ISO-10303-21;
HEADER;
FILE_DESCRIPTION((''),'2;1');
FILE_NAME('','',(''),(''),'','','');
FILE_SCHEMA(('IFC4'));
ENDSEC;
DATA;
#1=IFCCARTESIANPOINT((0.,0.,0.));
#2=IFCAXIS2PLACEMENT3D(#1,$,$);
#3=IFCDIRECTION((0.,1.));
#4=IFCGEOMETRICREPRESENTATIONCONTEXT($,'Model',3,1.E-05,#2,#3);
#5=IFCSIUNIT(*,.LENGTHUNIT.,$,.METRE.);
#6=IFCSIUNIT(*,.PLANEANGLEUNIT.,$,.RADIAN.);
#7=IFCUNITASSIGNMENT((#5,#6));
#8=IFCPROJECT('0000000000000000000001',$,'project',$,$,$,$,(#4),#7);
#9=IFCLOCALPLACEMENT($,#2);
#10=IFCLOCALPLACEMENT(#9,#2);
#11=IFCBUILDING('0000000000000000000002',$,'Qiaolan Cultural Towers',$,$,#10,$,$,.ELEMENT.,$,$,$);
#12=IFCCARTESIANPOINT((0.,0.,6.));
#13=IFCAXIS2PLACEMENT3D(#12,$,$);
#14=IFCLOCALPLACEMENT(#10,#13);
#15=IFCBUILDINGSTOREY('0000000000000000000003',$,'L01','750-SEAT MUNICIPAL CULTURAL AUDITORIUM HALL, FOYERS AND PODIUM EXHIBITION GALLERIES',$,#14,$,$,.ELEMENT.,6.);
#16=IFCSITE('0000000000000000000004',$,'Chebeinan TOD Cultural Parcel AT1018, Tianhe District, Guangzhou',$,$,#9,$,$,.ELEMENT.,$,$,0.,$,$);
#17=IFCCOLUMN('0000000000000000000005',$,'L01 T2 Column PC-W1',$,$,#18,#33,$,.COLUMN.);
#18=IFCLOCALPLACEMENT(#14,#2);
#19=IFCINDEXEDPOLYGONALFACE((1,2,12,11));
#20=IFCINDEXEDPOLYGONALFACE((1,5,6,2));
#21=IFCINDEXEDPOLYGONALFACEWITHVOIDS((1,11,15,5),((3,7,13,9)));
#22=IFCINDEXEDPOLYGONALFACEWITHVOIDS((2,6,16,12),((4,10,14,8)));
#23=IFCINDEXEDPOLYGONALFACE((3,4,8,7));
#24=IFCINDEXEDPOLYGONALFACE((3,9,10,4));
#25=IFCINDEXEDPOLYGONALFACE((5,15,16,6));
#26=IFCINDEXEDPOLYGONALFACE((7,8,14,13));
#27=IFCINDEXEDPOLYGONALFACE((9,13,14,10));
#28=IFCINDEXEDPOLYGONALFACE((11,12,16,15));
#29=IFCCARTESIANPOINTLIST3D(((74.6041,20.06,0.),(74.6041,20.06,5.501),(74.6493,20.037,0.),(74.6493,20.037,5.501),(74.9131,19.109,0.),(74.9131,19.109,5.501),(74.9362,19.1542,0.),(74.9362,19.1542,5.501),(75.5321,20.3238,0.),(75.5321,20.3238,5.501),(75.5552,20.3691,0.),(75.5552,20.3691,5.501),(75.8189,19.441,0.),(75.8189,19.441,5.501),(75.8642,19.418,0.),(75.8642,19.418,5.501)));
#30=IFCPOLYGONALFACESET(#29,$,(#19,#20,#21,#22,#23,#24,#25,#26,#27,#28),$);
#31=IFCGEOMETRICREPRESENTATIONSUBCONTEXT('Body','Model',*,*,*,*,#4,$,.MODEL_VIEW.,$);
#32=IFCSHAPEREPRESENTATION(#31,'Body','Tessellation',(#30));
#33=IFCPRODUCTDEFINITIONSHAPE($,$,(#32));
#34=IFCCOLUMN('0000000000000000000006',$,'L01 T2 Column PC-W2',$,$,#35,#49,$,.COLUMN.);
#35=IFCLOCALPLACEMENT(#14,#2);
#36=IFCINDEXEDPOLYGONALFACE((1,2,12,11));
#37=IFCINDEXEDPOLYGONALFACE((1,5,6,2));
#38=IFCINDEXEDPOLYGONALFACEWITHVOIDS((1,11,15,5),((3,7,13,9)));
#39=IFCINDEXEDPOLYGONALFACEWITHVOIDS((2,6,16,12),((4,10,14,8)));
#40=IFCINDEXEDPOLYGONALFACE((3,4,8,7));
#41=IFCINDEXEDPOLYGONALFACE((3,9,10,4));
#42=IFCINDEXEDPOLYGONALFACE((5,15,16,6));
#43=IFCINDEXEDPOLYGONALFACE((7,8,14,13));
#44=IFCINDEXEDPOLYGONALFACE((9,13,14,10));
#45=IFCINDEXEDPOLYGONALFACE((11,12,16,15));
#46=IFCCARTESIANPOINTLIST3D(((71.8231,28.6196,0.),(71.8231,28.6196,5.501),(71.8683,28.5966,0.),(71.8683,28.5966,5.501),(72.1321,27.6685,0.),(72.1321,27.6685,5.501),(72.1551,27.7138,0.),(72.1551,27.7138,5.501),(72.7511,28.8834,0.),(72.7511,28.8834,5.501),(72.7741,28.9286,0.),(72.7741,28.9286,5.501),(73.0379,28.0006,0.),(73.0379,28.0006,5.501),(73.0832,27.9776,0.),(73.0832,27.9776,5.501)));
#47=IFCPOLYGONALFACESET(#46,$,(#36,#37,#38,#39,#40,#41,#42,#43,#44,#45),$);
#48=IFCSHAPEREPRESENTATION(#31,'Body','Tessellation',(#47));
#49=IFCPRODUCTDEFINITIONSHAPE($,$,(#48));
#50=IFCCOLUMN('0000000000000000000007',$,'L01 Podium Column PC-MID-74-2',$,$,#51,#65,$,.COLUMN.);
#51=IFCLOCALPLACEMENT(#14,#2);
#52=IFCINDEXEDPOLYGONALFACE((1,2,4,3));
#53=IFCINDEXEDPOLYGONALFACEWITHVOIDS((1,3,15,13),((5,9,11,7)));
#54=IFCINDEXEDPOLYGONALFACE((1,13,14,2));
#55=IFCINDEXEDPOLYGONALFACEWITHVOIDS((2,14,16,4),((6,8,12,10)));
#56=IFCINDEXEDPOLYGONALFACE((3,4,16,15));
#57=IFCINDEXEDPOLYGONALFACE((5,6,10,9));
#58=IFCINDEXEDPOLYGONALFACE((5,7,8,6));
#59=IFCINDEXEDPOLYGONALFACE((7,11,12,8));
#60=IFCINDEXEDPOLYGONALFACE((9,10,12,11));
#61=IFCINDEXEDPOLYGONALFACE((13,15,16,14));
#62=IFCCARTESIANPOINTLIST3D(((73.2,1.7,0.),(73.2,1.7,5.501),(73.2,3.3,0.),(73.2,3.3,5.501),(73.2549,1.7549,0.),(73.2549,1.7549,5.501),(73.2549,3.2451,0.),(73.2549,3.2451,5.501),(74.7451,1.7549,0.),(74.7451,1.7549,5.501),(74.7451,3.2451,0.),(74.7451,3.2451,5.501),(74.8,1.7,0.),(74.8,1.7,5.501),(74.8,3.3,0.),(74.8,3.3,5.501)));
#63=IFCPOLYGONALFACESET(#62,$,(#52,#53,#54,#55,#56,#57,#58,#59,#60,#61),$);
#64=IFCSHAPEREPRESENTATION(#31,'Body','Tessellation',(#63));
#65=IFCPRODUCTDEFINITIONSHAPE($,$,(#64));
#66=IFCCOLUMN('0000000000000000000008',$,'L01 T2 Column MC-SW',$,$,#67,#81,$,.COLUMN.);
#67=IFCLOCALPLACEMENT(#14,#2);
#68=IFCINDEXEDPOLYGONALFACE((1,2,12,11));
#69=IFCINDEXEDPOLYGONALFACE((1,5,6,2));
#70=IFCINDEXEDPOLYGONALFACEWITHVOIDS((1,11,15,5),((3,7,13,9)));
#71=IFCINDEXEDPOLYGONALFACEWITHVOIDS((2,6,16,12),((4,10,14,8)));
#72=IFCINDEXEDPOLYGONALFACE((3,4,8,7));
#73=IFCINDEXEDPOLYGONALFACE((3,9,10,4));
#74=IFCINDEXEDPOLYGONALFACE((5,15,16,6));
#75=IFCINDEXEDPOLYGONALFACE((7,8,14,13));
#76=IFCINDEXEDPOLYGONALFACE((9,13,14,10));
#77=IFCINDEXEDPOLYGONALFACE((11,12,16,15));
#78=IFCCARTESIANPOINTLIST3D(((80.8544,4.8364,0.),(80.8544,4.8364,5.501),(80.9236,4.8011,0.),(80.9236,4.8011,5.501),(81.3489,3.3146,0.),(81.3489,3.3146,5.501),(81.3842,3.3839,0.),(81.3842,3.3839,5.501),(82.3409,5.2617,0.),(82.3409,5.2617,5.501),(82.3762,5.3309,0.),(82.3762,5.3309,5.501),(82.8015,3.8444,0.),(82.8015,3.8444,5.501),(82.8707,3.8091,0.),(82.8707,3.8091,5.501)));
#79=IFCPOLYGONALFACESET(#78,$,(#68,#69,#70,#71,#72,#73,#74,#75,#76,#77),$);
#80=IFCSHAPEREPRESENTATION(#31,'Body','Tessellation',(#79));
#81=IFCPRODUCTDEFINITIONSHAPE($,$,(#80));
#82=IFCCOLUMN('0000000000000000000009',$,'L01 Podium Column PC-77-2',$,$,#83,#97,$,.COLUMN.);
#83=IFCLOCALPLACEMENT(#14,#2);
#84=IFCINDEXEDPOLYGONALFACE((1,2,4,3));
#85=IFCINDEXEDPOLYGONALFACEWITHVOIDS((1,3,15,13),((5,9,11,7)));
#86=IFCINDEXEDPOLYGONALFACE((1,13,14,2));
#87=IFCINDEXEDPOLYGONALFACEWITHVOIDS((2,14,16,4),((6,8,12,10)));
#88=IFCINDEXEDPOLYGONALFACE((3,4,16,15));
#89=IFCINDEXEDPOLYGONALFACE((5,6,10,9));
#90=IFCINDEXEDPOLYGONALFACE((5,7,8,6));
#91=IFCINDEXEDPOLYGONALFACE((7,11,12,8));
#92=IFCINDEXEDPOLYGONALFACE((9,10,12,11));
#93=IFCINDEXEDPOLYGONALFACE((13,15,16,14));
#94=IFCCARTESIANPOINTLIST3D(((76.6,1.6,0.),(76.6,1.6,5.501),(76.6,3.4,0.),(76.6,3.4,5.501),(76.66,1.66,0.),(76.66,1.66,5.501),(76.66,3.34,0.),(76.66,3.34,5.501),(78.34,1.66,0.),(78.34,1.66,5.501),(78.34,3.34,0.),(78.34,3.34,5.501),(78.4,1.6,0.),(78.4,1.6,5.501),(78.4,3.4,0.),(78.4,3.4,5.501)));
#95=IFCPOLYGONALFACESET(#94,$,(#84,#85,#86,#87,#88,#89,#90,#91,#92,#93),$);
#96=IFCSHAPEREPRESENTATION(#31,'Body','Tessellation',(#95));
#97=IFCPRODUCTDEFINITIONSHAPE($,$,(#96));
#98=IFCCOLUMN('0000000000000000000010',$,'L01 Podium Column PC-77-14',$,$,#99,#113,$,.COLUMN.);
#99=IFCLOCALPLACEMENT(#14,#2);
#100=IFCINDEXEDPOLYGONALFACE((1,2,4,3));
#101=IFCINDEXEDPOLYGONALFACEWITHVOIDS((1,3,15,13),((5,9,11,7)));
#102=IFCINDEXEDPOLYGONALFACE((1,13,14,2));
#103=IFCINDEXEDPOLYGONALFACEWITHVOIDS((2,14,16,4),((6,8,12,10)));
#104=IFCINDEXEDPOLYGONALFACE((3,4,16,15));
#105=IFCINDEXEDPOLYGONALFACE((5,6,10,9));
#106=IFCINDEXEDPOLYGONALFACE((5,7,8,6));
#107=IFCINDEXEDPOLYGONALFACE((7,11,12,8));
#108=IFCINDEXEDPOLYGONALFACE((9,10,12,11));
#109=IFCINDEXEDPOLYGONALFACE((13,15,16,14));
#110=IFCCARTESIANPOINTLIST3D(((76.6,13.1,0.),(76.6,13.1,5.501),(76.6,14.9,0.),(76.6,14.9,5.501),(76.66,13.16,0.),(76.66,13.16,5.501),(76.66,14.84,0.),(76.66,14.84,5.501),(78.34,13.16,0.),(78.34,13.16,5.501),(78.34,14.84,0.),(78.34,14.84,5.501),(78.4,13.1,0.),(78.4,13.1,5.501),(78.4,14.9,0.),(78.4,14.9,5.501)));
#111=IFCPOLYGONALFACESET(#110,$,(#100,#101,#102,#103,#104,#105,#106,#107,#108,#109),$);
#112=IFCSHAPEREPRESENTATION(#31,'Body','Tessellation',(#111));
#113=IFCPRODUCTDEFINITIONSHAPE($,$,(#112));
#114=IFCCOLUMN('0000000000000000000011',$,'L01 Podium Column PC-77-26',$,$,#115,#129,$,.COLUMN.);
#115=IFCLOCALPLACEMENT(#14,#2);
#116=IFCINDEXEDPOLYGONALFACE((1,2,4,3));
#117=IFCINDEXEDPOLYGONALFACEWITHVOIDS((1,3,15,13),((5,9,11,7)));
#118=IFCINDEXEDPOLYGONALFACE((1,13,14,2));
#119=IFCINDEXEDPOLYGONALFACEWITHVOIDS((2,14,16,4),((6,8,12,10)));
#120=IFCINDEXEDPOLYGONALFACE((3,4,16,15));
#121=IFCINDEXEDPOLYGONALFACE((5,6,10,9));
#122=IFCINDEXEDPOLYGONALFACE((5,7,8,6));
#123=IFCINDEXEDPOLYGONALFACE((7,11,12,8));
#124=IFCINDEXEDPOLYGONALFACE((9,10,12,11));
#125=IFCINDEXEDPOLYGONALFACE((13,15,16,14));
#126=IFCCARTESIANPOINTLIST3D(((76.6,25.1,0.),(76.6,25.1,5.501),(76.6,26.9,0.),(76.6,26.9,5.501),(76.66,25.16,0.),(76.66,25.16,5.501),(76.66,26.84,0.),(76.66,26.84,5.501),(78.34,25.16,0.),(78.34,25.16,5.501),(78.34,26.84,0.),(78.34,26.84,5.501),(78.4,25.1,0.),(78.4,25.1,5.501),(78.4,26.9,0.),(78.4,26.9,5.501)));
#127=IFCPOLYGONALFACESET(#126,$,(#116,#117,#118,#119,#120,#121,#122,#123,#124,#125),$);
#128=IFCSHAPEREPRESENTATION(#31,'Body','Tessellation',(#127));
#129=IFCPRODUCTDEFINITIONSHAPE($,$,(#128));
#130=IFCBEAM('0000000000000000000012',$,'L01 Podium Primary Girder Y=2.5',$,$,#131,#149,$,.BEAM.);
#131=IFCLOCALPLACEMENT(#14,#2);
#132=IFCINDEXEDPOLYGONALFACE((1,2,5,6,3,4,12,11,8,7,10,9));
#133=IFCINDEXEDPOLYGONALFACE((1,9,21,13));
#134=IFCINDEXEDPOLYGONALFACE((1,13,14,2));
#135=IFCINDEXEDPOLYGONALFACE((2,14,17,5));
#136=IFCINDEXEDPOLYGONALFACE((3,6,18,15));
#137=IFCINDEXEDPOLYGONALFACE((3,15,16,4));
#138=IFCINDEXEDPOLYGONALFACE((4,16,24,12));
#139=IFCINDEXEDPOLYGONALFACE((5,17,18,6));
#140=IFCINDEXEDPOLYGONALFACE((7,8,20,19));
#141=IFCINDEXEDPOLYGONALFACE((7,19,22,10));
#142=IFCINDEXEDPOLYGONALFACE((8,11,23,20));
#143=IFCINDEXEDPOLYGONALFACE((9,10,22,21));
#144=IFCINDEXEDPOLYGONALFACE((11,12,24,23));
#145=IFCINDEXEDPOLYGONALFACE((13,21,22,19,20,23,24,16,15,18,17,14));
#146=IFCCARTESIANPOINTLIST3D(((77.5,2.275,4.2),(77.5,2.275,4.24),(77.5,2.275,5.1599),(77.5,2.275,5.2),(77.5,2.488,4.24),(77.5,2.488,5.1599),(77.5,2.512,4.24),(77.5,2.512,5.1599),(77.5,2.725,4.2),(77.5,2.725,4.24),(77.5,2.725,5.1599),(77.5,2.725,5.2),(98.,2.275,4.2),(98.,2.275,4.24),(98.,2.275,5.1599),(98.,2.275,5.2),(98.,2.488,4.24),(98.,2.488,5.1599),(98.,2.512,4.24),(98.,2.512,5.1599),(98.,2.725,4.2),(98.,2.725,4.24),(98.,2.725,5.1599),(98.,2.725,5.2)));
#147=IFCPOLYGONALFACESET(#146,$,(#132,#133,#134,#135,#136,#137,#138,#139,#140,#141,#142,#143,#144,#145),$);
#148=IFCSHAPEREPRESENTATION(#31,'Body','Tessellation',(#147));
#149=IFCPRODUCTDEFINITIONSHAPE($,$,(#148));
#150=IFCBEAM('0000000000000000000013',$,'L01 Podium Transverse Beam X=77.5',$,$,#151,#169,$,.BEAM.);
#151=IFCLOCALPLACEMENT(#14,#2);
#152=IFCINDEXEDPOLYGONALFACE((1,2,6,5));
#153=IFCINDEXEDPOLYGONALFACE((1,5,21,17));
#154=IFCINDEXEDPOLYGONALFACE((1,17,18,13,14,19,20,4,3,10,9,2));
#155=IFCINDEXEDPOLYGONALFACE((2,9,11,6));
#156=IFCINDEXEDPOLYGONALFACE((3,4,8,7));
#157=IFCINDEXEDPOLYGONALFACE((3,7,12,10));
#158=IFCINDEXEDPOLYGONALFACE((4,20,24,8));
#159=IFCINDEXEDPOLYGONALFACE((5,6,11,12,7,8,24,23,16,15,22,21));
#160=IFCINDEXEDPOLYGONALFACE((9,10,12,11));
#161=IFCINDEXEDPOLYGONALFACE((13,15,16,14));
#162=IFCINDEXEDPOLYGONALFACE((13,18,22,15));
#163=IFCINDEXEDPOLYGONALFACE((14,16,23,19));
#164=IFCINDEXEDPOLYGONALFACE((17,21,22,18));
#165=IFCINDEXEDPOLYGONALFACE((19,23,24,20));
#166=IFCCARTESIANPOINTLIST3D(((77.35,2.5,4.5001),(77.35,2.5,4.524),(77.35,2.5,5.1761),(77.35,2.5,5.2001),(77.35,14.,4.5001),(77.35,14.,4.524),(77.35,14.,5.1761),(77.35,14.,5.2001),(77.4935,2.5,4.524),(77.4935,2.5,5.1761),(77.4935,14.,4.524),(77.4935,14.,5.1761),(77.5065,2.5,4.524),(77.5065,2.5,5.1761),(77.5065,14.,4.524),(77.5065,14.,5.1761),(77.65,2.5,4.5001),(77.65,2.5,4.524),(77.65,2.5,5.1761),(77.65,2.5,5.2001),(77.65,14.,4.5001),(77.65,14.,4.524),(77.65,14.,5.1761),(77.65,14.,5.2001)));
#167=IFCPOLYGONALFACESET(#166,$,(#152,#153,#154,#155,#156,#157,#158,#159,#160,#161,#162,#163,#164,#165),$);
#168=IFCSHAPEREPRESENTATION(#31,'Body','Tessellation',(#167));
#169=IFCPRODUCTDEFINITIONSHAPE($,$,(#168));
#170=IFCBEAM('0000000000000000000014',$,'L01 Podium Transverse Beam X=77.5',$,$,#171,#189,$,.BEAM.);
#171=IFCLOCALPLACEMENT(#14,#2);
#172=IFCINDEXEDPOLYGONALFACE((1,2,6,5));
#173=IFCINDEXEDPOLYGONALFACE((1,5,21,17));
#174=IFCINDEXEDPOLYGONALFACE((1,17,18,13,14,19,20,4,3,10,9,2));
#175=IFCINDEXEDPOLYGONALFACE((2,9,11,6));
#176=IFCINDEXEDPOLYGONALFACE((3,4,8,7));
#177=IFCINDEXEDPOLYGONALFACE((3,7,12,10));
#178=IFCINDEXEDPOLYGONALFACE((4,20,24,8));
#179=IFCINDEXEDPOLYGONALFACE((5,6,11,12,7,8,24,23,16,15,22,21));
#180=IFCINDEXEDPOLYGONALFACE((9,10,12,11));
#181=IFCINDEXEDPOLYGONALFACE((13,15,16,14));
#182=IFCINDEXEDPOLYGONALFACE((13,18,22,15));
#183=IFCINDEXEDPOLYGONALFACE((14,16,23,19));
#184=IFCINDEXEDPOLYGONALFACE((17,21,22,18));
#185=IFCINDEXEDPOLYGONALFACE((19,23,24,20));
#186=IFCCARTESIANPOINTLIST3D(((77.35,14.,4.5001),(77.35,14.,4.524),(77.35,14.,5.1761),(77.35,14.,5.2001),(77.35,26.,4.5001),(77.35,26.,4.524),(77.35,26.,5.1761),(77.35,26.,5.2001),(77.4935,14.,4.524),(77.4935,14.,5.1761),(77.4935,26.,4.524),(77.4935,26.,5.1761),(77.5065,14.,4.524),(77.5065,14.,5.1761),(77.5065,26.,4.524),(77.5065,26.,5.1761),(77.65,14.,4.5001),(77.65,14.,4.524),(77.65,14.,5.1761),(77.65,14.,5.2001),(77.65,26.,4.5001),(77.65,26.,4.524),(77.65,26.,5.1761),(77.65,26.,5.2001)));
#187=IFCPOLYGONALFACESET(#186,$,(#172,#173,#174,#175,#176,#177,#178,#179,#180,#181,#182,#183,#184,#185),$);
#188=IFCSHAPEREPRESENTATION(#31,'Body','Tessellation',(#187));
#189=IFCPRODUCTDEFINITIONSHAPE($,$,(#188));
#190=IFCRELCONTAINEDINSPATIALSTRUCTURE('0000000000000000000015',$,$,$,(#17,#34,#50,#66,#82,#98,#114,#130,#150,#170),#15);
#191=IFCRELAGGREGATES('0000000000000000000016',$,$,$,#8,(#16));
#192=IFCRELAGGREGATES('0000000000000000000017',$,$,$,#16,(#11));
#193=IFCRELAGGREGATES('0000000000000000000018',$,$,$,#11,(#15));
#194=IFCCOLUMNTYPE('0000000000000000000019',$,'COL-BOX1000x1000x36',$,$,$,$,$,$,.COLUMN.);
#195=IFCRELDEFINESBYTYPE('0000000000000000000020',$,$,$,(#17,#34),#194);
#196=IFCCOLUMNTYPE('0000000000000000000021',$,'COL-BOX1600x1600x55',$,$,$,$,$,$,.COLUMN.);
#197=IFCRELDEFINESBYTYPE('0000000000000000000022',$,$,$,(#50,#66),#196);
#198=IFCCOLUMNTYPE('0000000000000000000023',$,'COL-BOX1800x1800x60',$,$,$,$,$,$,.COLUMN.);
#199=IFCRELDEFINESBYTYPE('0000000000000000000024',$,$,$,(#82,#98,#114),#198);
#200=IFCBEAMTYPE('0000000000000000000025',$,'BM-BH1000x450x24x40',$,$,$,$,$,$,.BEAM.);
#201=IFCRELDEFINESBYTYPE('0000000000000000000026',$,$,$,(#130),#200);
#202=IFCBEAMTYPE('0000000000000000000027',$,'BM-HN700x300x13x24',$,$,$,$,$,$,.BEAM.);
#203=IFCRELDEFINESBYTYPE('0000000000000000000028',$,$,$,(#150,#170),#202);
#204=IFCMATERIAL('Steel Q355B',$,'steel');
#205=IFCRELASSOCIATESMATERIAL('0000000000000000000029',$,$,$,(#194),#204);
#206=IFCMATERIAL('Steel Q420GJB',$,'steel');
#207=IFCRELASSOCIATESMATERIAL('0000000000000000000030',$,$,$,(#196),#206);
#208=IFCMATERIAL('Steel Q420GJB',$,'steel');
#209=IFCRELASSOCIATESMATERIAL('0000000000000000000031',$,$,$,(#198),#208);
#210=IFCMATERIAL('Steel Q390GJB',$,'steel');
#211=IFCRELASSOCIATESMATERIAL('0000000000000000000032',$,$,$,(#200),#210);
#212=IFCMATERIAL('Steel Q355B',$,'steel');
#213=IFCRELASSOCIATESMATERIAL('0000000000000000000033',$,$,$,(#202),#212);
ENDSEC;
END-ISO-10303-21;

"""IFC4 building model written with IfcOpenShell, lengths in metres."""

from ifc_helpers import new_model, si_unit, direction, frame, origin, origin_2d, place, context, subcontext, project, spatial, hollow_rectangle, i_section, extrude, material, material_profile, profile_set, type_object, element, save


model = new_model("IFC4")

# Units and contexts
model_context = context("Model", 3, precision=1e-05, world=origin(), true_north=direction((0.0, 1.0)))
body_context = subcontext(model_context, "Body", "Model", "MODEL_VIEW")
ifc_project = project(units=[si_unit("LENGTHUNIT", "METRE"), si_unit("PLANEANGLEUNIT", "RADIAN")], contexts=[model_context])

# Site, building, storey
site_placement = place(None, origin())
site = spatial("IfcSite", under=ifc_project, at=site_placement, Name="Chebeinan TOD Cultural Parcel AT1018, Tianhe District, Guangzhou", CompositionType="ELEMENT", RefElevation=0.0)
building_placement = place(site_placement, origin())
building = spatial("IfcBuilding", under=site, at=building_placement, Name="Qiaolan Cultural Towers", CompositionType="ELEMENT")
storey_placement = place(building_placement, frame((0.0, 0.0, 6.0)))
storey = spatial("IfcBuildingStorey", under=building, at=storey_placement, Name="L01", Description="750-SEAT MUNICIPAL CULTURAL AUDITORIUM HALL, FOYERS AND PODIUM EXHIBITION GALLERIES", CompositionType="ELEMENT", Elevation=6.0)

# Columns
ifc_material_1 = material(Name="Steel Q355B", Category="steel")
ifc_material_profile_1 = material_profile(ifc_material_1, hollow_rectangle(XDim=1.0, YDim=1.0, WallThickness=0.0359, at=origin_2d()), Name="BOX1000x1000x36")
ifc_profile_set_1 = profile_set([ifc_material_profile_1], Name="Steel Q355B")
column_type_1 = type_object("IfcColumnType", Name="COL-BOX1000x1000x36", PredefinedType="COLUMN", material=ifc_profile_set_1)
for number, where, z_axis, x_axis, name in (
    (1, (75.2341, 19.739, 0.0), (0.0, 0.0, 1.0), (0.951057, 0.309017, 0.0), "L01 T2 Column PC-W1"),
    (2, (72.4531, 28.2986, 0.0), (0.0, 0.0, 1.0), (0.951057, 0.309017, 0.0), "L01 T2 Column PC-W2"),
):
    element("IfcColumn", number, at=place(storey_placement, frame(where, z_axis=z_axis, x_axis=x_axis)), inside=storey, type_object=column_type_1, Name=name, PredefinedType="COLUMN", context=body_context, shape_type="SweptSolid", body=[
        extrude(hollow_rectangle(XDim=1.0, YDim=1.0, WallThickness=0.0359, at=origin_2d()), origin(), (0.0, 0.0, 1.0), 5.501),
    ])
ifc_material_2 = material(Name="Steel Q420GJB", Category="steel")
ifc_material_profile_2 = material_profile(ifc_material_2, hollow_rectangle(XDim=1.6001, YDim=1.6001, WallThickness=0.0549, at=origin_2d()), Name="BOX1600x1600x55")
ifc_profile_set_2 = profile_set([ifc_material_profile_2], Name="Steel Q420GJB")
column_type_2 = type_object("IfcColumnType", Name="COL-BOX1600x1600x55", PredefinedType="COLUMN", material=ifc_profile_set_2)
for number, where, z_axis, x_axis, name in (
    (3, (74.0, 2.5, 0.0), (0.0, 0.0, 1.0), (1.0, 0.0, 0.0), "L01 Podium Column PC-MID-74-2"),
    (4, (81.8625, 4.3228, 0.0), (0.0, 0.0, 1.0), (0.951057, 0.309017, 0.0), "L01 T2 Column MC-SW"),
):
    element("IfcColumn", number, at=place(storey_placement, frame(where, z_axis=z_axis, x_axis=x_axis)), inside=storey, type_object=column_type_2, Name=name, PredefinedType="COLUMN", context=body_context, shape_type="SweptSolid", body=[
        extrude(hollow_rectangle(XDim=1.6001, YDim=1.6001, WallThickness=0.0549, at=origin_2d()), origin(), (0.0, 0.0, 1.0), 5.501),
    ])
ifc_material_3 = material(Name="Steel Q420GJB", Category="steel")
ifc_material_profile_3 = material_profile(ifc_material_3, hollow_rectangle(XDim=1.8, YDim=1.8, WallThickness=0.0601, at=origin_2d()), Name="BOX1800x1800x60")
ifc_profile_set_3 = profile_set([ifc_material_profile_3], Name="Steel Q420GJB")
column_type_3 = type_object("IfcColumnType", Name="COL-BOX1800x1800x60", PredefinedType="COLUMN", material=ifc_profile_set_3)
for number, where, z_axis, x_axis, name in (
    (5, (77.5, 2.5, 0.0), (0.0, 0.0, 1.0), (1.0, 0.0, 0.0), "L01 Podium Column PC-77-2"),
    (6, (77.5, 14.0, 0.0), (0.0, 0.0, 1.0), (1.0, 0.0, 0.0), "L01 Podium Column PC-77-14"),
    (7, (77.5, 26.0, 0.0), (0.0, 0.0, 1.0), (1.0, 0.0, 0.0), "L01 Podium Column PC-77-26"),
):
    element("IfcColumn", number, at=place(storey_placement, frame(where, z_axis=z_axis, x_axis=x_axis)), inside=storey, type_object=column_type_3, Name=name, PredefinedType="COLUMN", context=body_context, shape_type="SweptSolid", body=[
        extrude(hollow_rectangle(XDim=1.8, YDim=1.8, WallThickness=0.0601, at=origin_2d()), origin(), (0.0, 0.0, 1.0), 5.501),
    ])

# Beams
ifc_material_4 = material(Name="Steel Q390GJB", Category="steel")
ifc_material_profile_4 = material_profile(ifc_material_4, i_section(OverallWidth=0.45, OverallDepth=1.0, WebThickness=0.0239, FlangeThickness=0.04, at=origin_2d()), Name="BH1000x450x24x40")
ifc_profile_set_4 = profile_set([ifc_material_profile_4], Name="Steel Q390GJB")
beam_type_1 = type_object("IfcBeamType", Name="BM-BH1000x450x24x40", PredefinedType="BEAM", material=ifc_profile_set_4)
beam_1_placement = place(storey_placement, frame((77.5, 2.5, 4.7), z_axis=(1.0, 0.0, 0.0), x_axis=(0.0, 1.0, 0.0)))
element("IfcBeam", 8, at=beam_1_placement, inside=storey, type_object=beam_type_1, Name="L01 Podium Primary Girder Y=2.5", PredefinedType="BEAM", context=body_context, shape_type="SweptSolid", body=[
    extrude(i_section(OverallWidth=0.45, OverallDepth=1.0, WebThickness=0.0239, FlangeThickness=0.04, at=origin_2d()), origin(), (0.0, 0.0, 1.0), 20.5),
])
ifc_material_5 = material(Name="Steel Q355B", Category="steel")
ifc_material_profile_5 = material_profile(ifc_material_5, i_section(OverallWidth=0.3, OverallDepth=0.7, WebThickness=0.0129, FlangeThickness=0.0239, at=origin_2d()), Name="HN700x300x13x24")
ifc_profile_set_5 = profile_set([ifc_material_profile_5], Name="Steel Q355B")
beam_type_2 = type_object("IfcBeamType", Name="BM-HN700x300x13x24", PredefinedType="BEAM", material=ifc_profile_set_5)
beam_2_placement = place(storey_placement, frame((77.5, 2.5, 4.8501), z_axis=(0.0, 1.0, 0.0), x_axis=(-1.0, 0.0, 0.0)))
element("IfcBeam", 9, at=beam_2_placement, inside=storey, type_object=beam_type_2, Name="L01 Podium Transverse Beam X=77.5", PredefinedType="BEAM", context=body_context, shape_type="SweptSolid", body=[
    extrude(i_section(OverallWidth=0.3, OverallDepth=0.7, WebThickness=0.0129, FlangeThickness=0.0239, at=origin_2d()), origin(), (0.0, 0.0, 1.0), 11.5),
])
beam_3_placement = place(storey_placement, frame((77.5, 14.0, 4.8501), z_axis=(0.0, 1.0, 0.0), x_axis=(-1.0, 0.0, 0.0)))
element("IfcBeam", 10, at=beam_3_placement, inside=storey, type_object=beam_type_2, Name="L01 Podium Transverse Beam X=77.5", PredefinedType="BEAM", context=body_context, shape_type="SweptSolid", body=[
    extrude(i_section(OverallWidth=0.3, OverallDepth=0.7, WebThickness=0.0129, FlangeThickness=0.0239, at=origin_2d()), origin(), (0.0, 0.0, 1.0), 12.0),
])

save(model, "model.ifc")
